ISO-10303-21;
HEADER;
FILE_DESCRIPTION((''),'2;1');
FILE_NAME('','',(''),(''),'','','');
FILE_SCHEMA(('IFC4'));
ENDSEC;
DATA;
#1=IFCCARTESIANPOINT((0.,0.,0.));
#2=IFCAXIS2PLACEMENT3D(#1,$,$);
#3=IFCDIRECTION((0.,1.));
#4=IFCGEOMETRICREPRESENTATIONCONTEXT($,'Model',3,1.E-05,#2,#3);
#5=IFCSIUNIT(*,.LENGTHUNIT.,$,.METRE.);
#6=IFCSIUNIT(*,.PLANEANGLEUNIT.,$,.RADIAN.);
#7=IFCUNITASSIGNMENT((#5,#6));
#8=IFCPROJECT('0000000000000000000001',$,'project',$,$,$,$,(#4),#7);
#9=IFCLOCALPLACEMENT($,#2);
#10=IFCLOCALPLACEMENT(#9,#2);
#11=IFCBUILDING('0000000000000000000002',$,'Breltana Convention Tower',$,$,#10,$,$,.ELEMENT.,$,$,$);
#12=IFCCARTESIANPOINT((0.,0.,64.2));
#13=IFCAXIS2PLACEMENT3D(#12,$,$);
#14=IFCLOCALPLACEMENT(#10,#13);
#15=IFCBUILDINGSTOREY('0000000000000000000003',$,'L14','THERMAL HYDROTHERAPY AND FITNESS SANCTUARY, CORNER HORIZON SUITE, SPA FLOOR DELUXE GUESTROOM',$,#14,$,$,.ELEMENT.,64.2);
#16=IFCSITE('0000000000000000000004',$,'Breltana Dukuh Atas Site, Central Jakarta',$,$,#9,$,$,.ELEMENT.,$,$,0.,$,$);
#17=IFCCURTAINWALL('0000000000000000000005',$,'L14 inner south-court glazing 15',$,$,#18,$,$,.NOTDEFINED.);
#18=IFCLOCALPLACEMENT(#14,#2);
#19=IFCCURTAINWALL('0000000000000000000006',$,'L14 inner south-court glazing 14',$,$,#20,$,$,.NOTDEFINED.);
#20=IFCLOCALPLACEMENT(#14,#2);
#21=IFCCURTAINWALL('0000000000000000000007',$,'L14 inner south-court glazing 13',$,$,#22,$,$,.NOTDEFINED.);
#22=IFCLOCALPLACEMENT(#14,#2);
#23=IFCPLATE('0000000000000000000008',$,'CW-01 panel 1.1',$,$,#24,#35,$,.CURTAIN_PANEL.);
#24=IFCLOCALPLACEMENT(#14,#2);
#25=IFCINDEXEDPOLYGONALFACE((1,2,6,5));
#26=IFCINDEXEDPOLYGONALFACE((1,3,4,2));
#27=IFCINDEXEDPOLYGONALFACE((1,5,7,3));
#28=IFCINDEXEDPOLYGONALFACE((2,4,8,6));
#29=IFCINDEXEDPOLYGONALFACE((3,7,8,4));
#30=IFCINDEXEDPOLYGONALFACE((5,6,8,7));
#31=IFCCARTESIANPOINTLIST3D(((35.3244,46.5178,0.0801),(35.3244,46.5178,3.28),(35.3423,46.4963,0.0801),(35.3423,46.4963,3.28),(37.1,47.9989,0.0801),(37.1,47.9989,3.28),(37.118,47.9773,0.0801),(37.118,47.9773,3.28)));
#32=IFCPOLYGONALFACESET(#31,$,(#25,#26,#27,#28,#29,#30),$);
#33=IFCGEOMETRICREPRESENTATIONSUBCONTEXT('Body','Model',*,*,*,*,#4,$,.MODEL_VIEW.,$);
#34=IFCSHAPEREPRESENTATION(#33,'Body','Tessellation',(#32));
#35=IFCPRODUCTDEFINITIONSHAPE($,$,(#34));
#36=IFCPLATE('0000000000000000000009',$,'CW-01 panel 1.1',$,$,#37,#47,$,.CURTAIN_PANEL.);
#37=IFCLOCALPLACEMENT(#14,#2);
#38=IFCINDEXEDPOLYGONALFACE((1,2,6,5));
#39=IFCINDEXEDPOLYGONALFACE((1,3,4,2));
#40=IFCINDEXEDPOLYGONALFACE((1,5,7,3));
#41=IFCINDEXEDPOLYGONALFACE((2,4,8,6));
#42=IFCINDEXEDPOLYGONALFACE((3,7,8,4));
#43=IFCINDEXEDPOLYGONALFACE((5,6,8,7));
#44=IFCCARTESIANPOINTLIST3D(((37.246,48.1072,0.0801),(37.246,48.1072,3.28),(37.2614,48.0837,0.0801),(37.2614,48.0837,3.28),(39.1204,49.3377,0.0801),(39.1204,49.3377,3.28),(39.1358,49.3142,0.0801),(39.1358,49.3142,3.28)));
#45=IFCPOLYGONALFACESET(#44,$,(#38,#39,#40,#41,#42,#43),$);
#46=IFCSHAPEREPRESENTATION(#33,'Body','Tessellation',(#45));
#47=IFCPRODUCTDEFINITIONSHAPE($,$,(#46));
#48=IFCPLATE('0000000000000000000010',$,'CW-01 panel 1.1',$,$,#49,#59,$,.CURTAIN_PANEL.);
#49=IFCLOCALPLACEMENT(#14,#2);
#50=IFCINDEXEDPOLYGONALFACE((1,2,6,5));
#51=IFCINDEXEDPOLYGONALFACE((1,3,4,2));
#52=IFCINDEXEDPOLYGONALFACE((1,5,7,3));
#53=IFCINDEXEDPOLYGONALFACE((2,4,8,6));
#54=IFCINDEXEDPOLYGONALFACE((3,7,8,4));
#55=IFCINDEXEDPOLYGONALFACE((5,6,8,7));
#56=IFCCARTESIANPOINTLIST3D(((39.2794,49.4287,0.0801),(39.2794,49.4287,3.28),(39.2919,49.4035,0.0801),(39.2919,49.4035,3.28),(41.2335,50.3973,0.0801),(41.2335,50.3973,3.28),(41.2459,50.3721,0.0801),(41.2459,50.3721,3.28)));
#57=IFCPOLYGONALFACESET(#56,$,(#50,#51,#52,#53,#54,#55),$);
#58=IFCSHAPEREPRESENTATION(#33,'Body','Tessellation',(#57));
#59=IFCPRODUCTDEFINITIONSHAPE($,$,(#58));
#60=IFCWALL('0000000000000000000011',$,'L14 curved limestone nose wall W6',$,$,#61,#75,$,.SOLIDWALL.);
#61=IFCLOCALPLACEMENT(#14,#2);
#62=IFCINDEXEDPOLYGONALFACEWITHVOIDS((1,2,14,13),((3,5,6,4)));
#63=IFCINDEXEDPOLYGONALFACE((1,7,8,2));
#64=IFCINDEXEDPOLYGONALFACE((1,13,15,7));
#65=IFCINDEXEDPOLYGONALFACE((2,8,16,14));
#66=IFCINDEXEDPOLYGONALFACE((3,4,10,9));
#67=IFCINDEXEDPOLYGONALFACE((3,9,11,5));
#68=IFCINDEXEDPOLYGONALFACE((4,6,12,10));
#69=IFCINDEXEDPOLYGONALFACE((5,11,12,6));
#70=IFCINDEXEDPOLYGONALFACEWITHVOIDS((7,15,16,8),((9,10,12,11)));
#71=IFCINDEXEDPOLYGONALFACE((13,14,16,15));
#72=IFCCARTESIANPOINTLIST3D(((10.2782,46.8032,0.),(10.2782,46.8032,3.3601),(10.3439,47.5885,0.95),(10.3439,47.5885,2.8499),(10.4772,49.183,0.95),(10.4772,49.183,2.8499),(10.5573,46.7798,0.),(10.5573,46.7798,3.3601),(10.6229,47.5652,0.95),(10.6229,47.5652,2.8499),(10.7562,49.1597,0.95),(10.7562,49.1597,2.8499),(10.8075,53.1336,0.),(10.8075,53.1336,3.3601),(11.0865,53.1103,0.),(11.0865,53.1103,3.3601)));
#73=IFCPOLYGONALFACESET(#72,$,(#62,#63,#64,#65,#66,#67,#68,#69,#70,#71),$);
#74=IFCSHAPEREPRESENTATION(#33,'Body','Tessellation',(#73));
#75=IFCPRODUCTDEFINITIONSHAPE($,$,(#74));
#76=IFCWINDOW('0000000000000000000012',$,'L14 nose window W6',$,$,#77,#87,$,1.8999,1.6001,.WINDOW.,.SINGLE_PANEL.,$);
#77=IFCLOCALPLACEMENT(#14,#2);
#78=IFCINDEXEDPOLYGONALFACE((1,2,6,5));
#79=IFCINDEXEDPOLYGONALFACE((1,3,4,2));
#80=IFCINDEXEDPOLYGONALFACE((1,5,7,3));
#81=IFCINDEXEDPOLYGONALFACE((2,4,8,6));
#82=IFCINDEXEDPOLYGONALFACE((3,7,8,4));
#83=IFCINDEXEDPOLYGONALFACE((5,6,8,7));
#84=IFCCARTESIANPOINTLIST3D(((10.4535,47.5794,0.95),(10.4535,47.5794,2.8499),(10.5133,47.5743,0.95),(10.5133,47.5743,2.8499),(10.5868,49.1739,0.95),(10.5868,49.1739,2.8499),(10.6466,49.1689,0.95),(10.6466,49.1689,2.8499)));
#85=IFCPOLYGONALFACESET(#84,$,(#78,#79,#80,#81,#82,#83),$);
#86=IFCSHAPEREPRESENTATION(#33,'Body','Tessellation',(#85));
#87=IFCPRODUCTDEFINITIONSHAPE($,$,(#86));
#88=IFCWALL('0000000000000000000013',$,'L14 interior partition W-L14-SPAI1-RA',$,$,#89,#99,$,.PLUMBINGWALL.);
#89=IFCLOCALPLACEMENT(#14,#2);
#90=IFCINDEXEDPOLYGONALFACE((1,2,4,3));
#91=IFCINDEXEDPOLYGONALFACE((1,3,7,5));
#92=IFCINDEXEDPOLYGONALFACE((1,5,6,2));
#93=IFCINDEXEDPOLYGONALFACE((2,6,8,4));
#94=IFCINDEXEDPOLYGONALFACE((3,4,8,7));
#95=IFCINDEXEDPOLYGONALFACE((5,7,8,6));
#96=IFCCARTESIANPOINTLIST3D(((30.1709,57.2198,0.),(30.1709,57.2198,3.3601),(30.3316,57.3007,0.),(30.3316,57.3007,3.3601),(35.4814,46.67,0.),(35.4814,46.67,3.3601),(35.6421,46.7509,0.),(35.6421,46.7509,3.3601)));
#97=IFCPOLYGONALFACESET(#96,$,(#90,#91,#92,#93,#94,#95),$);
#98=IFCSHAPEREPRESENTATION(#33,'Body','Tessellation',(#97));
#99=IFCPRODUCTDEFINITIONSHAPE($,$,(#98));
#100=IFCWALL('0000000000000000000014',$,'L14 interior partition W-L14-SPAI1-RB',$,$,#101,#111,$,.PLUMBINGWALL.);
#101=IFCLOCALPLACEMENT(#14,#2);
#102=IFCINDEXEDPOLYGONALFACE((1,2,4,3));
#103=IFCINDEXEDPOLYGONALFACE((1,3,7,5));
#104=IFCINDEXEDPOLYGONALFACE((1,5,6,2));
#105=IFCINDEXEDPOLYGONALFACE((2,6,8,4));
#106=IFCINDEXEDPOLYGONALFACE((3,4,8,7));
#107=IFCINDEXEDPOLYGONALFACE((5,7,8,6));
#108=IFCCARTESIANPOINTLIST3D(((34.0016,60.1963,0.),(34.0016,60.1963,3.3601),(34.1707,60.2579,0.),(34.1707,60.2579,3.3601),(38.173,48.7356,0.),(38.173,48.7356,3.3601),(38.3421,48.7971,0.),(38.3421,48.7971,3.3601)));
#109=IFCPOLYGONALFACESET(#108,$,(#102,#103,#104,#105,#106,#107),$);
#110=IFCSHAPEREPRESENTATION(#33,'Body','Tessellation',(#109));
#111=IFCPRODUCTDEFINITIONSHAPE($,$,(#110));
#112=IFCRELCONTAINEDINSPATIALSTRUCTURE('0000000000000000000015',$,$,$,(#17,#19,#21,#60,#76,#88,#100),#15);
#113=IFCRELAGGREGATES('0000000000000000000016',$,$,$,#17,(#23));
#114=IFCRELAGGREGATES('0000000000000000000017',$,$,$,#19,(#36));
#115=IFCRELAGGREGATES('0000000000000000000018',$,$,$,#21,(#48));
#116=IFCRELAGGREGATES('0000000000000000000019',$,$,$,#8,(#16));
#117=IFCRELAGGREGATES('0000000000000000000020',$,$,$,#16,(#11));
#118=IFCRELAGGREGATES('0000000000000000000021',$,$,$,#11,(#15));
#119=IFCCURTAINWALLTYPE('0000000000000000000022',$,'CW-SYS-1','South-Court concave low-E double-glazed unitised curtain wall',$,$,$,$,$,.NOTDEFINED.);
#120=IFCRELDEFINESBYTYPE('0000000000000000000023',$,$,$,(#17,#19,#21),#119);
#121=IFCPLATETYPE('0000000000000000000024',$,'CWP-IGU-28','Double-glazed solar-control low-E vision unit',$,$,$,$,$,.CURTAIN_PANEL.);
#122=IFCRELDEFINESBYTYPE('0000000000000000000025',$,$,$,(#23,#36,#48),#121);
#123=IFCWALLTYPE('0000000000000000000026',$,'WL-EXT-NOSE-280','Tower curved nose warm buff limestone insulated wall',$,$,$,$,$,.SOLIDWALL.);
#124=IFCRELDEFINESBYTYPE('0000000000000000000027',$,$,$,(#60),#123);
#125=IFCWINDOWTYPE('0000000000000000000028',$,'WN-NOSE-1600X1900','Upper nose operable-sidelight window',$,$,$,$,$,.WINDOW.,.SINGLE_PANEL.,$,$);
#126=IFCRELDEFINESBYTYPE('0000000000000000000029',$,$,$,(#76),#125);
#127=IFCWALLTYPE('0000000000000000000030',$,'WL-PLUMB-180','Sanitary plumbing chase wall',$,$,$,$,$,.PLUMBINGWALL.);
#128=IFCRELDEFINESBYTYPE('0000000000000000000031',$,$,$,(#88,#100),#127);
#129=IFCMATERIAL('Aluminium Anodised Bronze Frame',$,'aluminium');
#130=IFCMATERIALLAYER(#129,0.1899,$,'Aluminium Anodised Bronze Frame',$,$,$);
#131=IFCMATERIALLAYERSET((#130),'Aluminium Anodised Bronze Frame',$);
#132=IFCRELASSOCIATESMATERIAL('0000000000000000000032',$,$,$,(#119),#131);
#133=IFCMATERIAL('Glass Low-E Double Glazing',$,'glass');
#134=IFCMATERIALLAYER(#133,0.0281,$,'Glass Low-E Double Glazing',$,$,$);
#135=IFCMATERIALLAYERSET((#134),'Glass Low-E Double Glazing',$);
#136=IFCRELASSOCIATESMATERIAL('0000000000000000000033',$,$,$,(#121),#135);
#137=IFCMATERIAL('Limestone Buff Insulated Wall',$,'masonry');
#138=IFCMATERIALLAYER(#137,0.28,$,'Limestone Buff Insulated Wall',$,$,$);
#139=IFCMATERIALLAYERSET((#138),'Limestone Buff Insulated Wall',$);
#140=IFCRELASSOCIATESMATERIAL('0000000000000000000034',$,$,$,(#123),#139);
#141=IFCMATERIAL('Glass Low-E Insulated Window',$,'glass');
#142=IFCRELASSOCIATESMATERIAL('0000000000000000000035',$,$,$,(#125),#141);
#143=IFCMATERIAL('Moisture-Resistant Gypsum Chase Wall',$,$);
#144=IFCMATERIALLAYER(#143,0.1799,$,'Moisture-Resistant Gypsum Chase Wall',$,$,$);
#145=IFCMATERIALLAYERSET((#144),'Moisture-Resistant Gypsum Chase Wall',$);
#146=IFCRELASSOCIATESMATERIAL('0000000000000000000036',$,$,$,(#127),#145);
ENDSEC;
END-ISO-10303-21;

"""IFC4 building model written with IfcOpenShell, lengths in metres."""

from ifc_helpers import new_model, si_unit, direction, frame, frame_2d, origin, origin_2d, place, context, subcontext, project, spatial, rectangle, extrude, source, transform, mapped, material, layer, layer_set, type_object, type_shapes, element, fill, aggregate, save


model = new_model("IFC4")

# Units and contexts
model_context = context("Model", 3, precision=1e-05, world=origin(), true_north=direction((0.0, 1.0)))
body_context = subcontext(model_context, "Body", "Model", "MODEL_VIEW")
ifc_project = project(units=[si_unit("LENGTHUNIT", "METRE"), si_unit("PLANEANGLEUNIT", "RADIAN")], contexts=[model_context])

# Site, building, storey
site_placement = place(None, origin())
site = spatial("IfcSite", under=ifc_project, at=site_placement, Name="Breltana Dukuh Atas Site, Central Jakarta", CompositionType="ELEMENT", RefElevation=0.0)
building_placement = place(site_placement, origin())
building = spatial("IfcBuilding", under=site, at=building_placement, Name="Breltana Convention Tower", CompositionType="ELEMENT")
storey_placement = place(building_placement, frame((0.0, 0.0, 64.2)))
storey = spatial("IfcBuildingStorey", under=building, at=storey_placement, Name="L14", Description="THERMAL HYDROTHERAPY AND FITNESS SANCTUARY, CORNER HORIZON SUITE, SPA FLOOR DELUXE GUESTROOM", CompositionType="ELEMENT", Elevation=64.2)

# Curtain walls
ifc_material_1 = material(Name="Aluminium Anodised Bronze Frame", Category="aluminium")
ifc_layer_1 = layer(ifc_material_1, 0.1899, Name="Aluminium Anodised Bronze Frame")
ifc_layer_set_1 = layer_set([ifc_layer_1], Name="Aluminium Anodised Bronze Frame")
curtain_wall_type = type_object("IfcCurtainWallType", Name="CW-SYS-1", Description="South-Court concave low-E double-glazed unitised curtain wall", PredefinedType="NOTDEFINED", material=ifc_layer_set_1)
curtain_wall_1_placement = place(storey_placement, origin())
curtain_wall_1 = element("IfcCurtainWall", 1, at=curtain_wall_1_placement, inside=storey, type_object=curtain_wall_type, Name="L14 inner south-court glazing 15", PredefinedType="NOTDEFINED")
curtain_wall_2_placement = place(storey_placement, origin())
curtain_wall_2 = element("IfcCurtainWall", 2, at=curtain_wall_2_placement, inside=storey, type_object=curtain_wall_type, Name="L14 inner south-court glazing 14", PredefinedType="NOTDEFINED")

# Curtain wall
curtain_wall_3_placement = place(storey_placement, origin())
curtain_wall_3 = element("IfcCurtainWall", 3, at=curtain_wall_3_placement, inside=storey, type_object=curtain_wall_type, Name="L14 inner south-court glazing 13", PredefinedType="NOTDEFINED")

# Plates
ifc_material_2 = material(Name="Glass Low-E Double Glazing", Category="glass")
ifc_layer_2 = layer(ifc_material_2, 0.0281, Name="Glass Low-E Double Glazing")
ifc_layer_set_2 = layer_set([ifc_layer_2], Name="Glass Low-E Double Glazing")
plate_type = type_object("IfcPlateType", Name="CWP-IGU-28", Description="Double-glazed solar-control low-E vision unit", PredefinedType="CURTAIN_PANEL", material=ifc_layer_set_2)
shared_shape_1 = source(origin(), body_context, "Body", "SweptSolid", [
    extrude(rectangle(XDim=2.3123, YDim=0.0281, at=origin_2d()), origin(), (0.0, 0.0, 1.0), 3.2),
])
plate_1_placement = place(storey_placement, frame((36.2212, 47.2476, 0.0801), z_axis=(0.0, 0.0, 1.0), x_axis=(-0.767939, -0.640523, 0.0)))
plate_1 = element("IfcPlate", 4, at=plate_1_placement, type_object=plate_type, Name="CW-01 panel 1.1", PredefinedType="CURTAIN_PANEL", context=body_context, shape_type="MappedRepresentation", body=[
    mapped(shared_shape_1, transform((0.0, 0.0, 0.0), scale=1.0)),
])
aggregate(curtain_wall_1, [plate_1])
shared_shape_2 = source(origin(), body_context, "Body", "SweptSolid", [
    extrude(rectangle(XDim=2.2422, YDim=0.0281, at=origin_2d()), origin(), (0.0, 0.0, 1.0), 3.2),
])
plate_2_placement = place(storey_placement, frame((38.1909, 48.7107, 0.0801), z_axis=(0.0, 0.0, 1.0), x_axis=(-0.835968, -0.548778, 0.0)))
plate_2 = element("IfcPlate", 5, at=plate_2_placement, type_object=plate_type, Name="CW-01 panel 1.1", PredefinedType="CURTAIN_PANEL", context=body_context, shape_type="MappedRepresentation", body=[
    mapped(shared_shape_2, transform((0.0, 0.0, 0.0), scale=1.0)),
])
aggregate(curtain_wall_2, [plate_2])
shared_shape_3 = source(origin(), body_context, "Body", "SweptSolid", [
    extrude(rectangle(XDim=2.1809, YDim=0.0281, at=origin_2d()), origin(), (0.0, 0.0, 1.0), 3.2),
])
plate_3_placement = place(storey_placement, frame((40.2627, 49.9004, 0.0801), z_axis=(0.0, 0.0, 1.0), x_axis=(-0.895968, -0.444118, 0.0)))
plate_3 = element("IfcPlate", 6, at=plate_3_placement, type_object=plate_type, Name="CW-01 panel 1.1", PredefinedType="CURTAIN_PANEL", context=body_context, shape_type="MappedRepresentation", body=[
    mapped(shared_shape_3, transform((0.0, 0.0, 0.0), scale=1.0)),
])
aggregate(curtain_wall_3, [plate_3])

# Wall, opening, window
ifc_material_3 = material(Name="Limestone Buff Insulated Wall", Category="masonry")
ifc_layer_3 = layer(ifc_material_3, 0.28, Name="Limestone Buff Insulated Wall")
ifc_layer_set_3 = layer_set([ifc_layer_3], Name="Limestone Buff Insulated Wall")
wall_type_1 = type_object("IfcWallType", Name="WL-EXT-NOSE-280", Description="Tower curved nose warm buff limestone insulated wall", PredefinedType="SOLIDWALL", material=ifc_layer_set_3)
shared_shape_4 = source(origin(), body_context, "Body", "SweptSolid", [
    extrude(rectangle(XDim=6.3525, YDim=0.28, at=frame_2d((3.1763, 0.0))), origin(), (0.0, 0.0, 1.0), 3.3601),
])
wall_1_placement = place(storey_placement, frame((10.4177, 46.7915, 0.0), z_axis=(0.0, 0.0, 1.0), x_axis=(0.083319, 0.996523, 0.0)))
wall_1 = element("IfcWall", 7, at=wall_1_placement, inside=storey, type_object=wall_type_1, Name="L14 curved limestone nose wall W6", PredefinedType="SOLIDWALL", context=body_context, shape_type="MappedRepresentation", body=[
    mapped(shared_shape_4, transform((0.0, 0.0, 0.0), scale=1.0)),
])
opening_placement = place(wall_1_placement, frame((0.7881, 0.0, 0.95)))
opening = element("IfcOpeningElement", 8, at=opening_placement, cuts=wall_1, PredefinedType="OPENING", context=body_context, shape_type="SweptSolid", body=[
    extrude(rectangle(XDim=1.6001, YDim=1.8999, at=frame_2d((0.8, 0.95))), frame((0.0, 0.1499, 0.0), z_axis=(0.0, -1.0, 0.0), x_axis=(1.0, 0.0, 0.0)), (0.0, 0.0, 1.0), 0.3),
])
ifc_material_4 = material(Name="Glass Low-E Insulated Window", Category="glass")
window_type = type_object("IfcWindowType", Name="WN-NOSE-1600X1900", Description="Upper nose operable-sidelight window", PartitioningType="SINGLE_PANEL", PredefinedType="WINDOW", material=ifc_material_4)
shared_shape_5 = source(origin(), body_context, "Body", "SweptSolid", [
    extrude(rectangle(XDim=1.6001, YDim=1.8999, at=frame_2d((0.8, 0.95))), frame((0.0, 0.03, 0.0), z_axis=(0.0, -1.0, 0.0), x_axis=(1.0, 0.0, 0.0)), (0.0, 0.0, 1.0), 0.0601),
])
type_shapes(window_type, [shared_shape_5])
window_placement = place(opening_placement, origin())
window = element("IfcWindow", 9, at=window_placement, inside=storey, type_object=window_type, Name="L14 nose window W6", OverallHeight=1.8999, OverallWidth=1.6001, PartitioningType="SINGLE_PANEL", PredefinedType="WINDOW", context=body_context, shape_type="MappedRepresentation", body=[
    mapped(shared_shape_5, transform((0.0, 0.0, 0.0), scale=1.0)),
])
fill(opening, window)

# Walls
ifc_material_5 = material(Name="Moisture-Resistant Gypsum Chase Wall")
ifc_layer_4 = layer(ifc_material_5, 0.1799, Name="Moisture-Resistant Gypsum Chase Wall")
ifc_layer_set_4 = layer_set([ifc_layer_4], Name="Moisture-Resistant Gypsum Chase Wall")
wall_type_2 = type_object("IfcWallType", Name="WL-PLUMB-180", Description="Sanitary plumbing chase wall", PredefinedType="PLUMBINGWALL", material=ifc_layer_set_4)
shared_shape_6 = source(origin(), body_context, "Body", "SweptSolid", [
    extrude(rectangle(XDim=11.811, YDim=0.1799, at=frame_2d((5.9055, 0.0))), origin(), (0.0, 0.0, 1.0), 3.3601),
])
wall_2_placement = place(storey_placement, frame((35.5618, 46.7104, 0.0), z_axis=(0.0, 0.0, 1.0), x_axis=(-0.449626, 0.893217, 0.0)))
element("IfcWall", 10, at=wall_2_placement, inside=storey, type_object=wall_type_2, Name="L14 interior partition W-L14-SPAI1-RA", PredefinedType="PLUMBINGWALL", context=body_context, shape_type="MappedRepresentation", body=[
    mapped(shared_shape_6, transform((0.0, 0.0, 0.0), scale=1.0)),
])
shared_shape_7 = source(origin(), body_context, "Body", "SweptSolid", [
    extrude(rectangle(XDim=12.1963, YDim=0.1799, at=frame_2d((6.0981, 0.0))), origin(), (0.0, 0.0, 1.0), 3.3601),
])
wall_3_placement = place(storey_placement, frame((38.2576, 48.7664, 0.0), z_axis=(0.0, 0.0, 1.0), x_axis=(-0.342023, 0.939692, 0.0)))
element("IfcWall", 11, at=wall_3_placement, inside=storey, type_object=wall_type_2, Name="L14 interior partition W-L14-SPAI1-RB", PredefinedType="PLUMBINGWALL", context=body_context, shape_type="MappedRepresentation", body=[
    mapped(shared_shape_7, transform((0.0, 0.0, 0.0), scale=1.0)),
])

save(model, "model.ifc")
